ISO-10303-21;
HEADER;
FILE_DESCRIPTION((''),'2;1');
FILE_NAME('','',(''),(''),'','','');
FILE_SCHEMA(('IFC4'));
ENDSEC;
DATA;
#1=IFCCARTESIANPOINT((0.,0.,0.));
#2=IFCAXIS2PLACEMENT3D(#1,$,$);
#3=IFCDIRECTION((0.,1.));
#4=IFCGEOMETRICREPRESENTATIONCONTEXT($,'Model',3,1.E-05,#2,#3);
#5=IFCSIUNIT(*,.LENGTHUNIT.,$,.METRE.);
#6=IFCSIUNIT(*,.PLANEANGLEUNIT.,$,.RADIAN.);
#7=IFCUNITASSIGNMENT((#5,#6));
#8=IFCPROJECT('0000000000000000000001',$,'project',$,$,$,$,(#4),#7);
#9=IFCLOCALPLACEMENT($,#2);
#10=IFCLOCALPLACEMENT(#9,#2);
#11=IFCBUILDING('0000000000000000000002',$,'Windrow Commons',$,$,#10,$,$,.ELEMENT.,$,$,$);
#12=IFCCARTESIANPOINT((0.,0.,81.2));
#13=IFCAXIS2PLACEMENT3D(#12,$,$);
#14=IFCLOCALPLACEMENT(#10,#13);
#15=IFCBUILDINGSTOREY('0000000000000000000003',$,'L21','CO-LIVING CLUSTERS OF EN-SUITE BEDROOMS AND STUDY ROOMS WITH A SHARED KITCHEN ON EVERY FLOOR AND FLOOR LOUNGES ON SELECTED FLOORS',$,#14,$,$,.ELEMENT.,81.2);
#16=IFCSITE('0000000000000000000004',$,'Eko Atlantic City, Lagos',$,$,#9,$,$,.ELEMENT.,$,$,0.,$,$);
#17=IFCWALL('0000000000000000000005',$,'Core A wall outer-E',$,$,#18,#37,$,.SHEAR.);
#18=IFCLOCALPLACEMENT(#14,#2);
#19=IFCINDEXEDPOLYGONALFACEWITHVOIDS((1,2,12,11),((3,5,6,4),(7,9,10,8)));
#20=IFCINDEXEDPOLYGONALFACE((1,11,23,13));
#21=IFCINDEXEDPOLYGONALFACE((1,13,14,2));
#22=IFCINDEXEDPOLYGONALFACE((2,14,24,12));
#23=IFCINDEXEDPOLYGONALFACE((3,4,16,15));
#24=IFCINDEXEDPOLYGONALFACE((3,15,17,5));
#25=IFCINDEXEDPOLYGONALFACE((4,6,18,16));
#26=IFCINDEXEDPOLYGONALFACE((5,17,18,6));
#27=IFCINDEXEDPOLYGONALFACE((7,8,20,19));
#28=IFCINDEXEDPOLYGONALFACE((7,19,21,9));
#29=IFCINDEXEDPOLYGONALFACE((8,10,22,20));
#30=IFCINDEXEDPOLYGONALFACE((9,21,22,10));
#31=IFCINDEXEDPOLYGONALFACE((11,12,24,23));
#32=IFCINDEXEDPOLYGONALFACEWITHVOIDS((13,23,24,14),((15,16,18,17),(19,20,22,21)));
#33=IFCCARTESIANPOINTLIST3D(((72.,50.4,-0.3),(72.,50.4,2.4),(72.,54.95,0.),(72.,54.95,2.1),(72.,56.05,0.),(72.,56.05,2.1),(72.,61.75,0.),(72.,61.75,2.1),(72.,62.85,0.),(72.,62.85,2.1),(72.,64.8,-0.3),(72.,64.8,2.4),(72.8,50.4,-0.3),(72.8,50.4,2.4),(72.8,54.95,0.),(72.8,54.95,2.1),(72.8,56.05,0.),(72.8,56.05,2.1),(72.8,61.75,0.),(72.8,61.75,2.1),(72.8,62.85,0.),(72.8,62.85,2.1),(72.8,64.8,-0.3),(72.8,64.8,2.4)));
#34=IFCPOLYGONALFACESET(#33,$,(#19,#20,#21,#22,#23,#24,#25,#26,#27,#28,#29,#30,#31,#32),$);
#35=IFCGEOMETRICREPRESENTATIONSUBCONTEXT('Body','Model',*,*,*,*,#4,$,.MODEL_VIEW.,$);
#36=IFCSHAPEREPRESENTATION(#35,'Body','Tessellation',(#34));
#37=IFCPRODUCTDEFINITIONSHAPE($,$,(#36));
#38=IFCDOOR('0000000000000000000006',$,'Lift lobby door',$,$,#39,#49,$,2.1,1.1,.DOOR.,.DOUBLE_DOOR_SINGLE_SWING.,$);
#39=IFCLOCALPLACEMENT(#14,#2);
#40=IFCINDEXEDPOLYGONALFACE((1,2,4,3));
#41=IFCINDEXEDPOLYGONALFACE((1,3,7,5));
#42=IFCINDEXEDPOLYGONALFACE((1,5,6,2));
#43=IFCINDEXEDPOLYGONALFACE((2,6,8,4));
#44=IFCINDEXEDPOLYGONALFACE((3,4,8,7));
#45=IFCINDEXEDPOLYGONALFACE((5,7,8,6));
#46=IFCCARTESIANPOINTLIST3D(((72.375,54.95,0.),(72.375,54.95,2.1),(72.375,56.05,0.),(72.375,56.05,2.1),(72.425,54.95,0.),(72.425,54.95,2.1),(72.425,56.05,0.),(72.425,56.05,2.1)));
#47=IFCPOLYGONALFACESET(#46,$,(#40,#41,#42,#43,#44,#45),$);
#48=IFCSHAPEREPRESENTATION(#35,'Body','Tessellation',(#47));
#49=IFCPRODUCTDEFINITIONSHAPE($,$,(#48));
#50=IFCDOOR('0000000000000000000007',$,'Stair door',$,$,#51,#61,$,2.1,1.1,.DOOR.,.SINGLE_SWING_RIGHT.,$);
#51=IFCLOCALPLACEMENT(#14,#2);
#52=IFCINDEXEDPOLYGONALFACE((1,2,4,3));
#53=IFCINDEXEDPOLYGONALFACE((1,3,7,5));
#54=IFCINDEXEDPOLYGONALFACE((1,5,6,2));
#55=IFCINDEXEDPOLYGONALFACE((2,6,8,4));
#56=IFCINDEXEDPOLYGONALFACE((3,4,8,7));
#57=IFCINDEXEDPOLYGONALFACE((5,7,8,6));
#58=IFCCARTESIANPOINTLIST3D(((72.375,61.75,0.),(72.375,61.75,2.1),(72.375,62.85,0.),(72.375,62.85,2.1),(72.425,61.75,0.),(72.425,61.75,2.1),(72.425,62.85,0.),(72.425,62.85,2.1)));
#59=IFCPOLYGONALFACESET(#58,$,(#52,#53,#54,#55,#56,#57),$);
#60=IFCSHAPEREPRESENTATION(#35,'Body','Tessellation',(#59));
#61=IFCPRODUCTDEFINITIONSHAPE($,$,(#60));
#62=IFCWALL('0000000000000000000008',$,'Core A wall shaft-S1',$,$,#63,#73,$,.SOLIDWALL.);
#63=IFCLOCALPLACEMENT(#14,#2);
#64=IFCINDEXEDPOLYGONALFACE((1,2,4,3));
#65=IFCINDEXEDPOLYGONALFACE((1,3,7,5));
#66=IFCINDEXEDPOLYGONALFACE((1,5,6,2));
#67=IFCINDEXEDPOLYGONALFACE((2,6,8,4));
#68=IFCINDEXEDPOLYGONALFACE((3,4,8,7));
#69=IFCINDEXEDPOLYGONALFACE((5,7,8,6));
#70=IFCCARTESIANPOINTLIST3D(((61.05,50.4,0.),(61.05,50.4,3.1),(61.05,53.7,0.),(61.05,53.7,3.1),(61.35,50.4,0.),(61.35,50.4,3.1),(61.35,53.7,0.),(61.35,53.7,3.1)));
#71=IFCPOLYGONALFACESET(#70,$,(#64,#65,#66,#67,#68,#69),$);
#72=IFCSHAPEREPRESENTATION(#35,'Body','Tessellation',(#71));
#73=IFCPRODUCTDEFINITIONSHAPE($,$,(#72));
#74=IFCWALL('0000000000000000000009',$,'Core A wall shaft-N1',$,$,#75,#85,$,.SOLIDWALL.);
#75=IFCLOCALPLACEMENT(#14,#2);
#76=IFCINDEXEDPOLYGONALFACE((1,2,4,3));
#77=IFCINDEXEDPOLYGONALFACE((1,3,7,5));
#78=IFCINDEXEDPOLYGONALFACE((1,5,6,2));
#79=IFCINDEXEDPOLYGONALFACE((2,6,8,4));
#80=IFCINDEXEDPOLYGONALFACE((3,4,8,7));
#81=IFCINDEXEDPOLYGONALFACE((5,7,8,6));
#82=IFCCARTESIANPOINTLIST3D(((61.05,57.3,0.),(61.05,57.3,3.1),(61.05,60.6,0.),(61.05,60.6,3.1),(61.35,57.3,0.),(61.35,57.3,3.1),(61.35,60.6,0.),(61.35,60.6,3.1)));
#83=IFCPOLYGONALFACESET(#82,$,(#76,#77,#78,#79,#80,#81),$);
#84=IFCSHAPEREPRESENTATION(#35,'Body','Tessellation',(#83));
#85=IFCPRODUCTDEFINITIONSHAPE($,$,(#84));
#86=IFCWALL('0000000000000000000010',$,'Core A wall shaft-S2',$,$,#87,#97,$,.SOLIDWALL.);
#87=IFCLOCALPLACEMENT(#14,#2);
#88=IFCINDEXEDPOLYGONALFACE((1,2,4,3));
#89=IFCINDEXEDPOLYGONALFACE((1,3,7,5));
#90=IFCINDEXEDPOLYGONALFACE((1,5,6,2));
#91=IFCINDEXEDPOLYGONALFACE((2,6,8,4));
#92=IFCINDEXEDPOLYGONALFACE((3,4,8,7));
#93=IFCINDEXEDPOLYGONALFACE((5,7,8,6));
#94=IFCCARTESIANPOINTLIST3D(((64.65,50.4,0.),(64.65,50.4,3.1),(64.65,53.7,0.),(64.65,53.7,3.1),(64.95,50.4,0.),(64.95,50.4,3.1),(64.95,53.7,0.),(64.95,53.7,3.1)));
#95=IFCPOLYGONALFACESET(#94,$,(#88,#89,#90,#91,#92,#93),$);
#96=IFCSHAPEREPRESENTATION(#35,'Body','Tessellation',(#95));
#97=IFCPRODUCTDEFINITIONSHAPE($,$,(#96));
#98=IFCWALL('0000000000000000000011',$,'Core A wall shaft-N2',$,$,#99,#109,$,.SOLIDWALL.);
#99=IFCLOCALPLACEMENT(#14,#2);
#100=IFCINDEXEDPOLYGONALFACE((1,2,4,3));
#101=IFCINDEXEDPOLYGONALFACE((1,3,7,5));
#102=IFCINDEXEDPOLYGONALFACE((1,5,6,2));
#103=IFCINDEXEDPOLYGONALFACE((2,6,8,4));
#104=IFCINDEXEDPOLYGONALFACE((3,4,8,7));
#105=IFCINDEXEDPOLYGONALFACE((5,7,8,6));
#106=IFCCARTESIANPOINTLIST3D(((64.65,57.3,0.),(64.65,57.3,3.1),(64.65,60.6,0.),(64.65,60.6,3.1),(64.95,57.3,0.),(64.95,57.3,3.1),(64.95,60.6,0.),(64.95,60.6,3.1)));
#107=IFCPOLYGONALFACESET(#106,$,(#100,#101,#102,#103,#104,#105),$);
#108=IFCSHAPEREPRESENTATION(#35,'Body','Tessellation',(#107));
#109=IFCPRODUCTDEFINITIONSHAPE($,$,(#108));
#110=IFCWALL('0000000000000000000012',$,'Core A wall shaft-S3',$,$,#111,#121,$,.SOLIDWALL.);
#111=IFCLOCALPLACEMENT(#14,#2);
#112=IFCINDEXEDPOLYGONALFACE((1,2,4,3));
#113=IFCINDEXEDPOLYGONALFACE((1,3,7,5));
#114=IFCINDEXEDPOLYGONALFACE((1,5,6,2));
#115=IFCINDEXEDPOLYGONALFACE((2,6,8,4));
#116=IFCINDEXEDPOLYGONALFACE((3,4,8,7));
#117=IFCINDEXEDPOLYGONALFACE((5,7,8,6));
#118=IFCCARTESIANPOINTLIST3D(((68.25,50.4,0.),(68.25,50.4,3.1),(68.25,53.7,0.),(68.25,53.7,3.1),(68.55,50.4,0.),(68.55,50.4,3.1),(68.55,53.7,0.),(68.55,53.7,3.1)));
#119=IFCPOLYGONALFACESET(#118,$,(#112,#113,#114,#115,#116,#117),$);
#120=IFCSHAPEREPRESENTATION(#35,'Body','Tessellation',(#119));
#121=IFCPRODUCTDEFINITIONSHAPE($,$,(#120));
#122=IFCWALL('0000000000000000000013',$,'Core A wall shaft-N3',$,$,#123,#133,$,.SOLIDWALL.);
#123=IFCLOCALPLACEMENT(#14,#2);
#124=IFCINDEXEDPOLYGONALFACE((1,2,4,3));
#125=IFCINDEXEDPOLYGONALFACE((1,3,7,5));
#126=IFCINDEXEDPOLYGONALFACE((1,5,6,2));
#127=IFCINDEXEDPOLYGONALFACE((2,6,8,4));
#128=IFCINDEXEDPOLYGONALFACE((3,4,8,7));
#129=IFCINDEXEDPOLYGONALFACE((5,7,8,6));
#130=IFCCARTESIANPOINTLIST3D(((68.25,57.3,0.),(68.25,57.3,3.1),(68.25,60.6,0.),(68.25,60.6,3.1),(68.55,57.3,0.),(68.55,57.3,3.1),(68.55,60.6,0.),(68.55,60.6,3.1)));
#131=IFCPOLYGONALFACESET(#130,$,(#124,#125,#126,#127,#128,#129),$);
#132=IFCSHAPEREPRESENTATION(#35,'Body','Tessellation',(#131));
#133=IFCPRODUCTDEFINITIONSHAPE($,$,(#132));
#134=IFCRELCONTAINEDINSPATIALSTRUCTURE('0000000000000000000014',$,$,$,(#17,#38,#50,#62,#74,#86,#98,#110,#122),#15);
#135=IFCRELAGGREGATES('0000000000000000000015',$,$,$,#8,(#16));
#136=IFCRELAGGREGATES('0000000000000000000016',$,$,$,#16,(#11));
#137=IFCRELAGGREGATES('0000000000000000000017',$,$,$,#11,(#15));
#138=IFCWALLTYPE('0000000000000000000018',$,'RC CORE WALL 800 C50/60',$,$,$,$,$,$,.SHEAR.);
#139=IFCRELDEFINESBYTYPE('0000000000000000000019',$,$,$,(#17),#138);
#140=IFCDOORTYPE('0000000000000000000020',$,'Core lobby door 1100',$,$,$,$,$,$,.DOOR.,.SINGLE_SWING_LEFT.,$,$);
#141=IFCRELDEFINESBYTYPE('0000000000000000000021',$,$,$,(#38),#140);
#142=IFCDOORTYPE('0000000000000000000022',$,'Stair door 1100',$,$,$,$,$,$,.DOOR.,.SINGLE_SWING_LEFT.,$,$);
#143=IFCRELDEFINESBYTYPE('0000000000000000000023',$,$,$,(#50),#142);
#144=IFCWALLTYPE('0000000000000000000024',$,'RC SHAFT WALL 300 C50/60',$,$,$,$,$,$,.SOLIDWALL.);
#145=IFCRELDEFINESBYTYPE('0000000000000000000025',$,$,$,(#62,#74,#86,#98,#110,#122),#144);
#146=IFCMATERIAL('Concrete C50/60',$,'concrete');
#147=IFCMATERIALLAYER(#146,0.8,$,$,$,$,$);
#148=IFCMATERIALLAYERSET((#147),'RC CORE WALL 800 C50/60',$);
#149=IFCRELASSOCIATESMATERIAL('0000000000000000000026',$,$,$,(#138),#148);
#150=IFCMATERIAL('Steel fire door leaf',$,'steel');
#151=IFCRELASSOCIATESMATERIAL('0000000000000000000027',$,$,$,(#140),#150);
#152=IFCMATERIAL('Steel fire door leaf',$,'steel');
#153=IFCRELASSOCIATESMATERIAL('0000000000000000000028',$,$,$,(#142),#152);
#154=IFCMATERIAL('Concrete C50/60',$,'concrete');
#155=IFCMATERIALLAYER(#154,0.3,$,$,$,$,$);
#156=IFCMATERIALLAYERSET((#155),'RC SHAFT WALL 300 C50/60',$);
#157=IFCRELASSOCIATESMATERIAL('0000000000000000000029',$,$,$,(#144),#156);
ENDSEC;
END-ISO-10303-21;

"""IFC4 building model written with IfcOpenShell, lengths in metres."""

from ifc_helpers import new_model, si_unit, direction, frame, frame_2d, origin, place, context, subcontext, project, spatial, rectangle, extrude, material, layer, layer_set, type_object, element, fill, save


model = new_model("IFC4")

# Units and contexts
model_context = context("Model", 3, precision=1e-05, world=origin(), true_north=direction((0.0, 1.0)))
body_context = subcontext(model_context, "Body", "Model", "MODEL_VIEW")
ifc_project = project(units=[si_unit("LENGTHUNIT", "METRE"), si_unit("PLANEANGLEUNIT", "RADIAN")], contexts=[model_context])

# Site, building, storey
site_placement = place(None, origin())
site = spatial("IfcSite", under=ifc_project, at=site_placement, Name="Eko Atlantic City, Lagos", CompositionType="ELEMENT", RefElevation=0.0)
building_placement = place(site_placement, origin())
building = spatial("IfcBuilding", under=site, at=building_placement, Name="Windrow Commons", CompositionType="ELEMENT")
storey_placement = place(building_placement, frame((0.0, 0.0, 81.2)))
storey = spatial("IfcBuildingStorey", under=building, at=storey_placement, Name="L21", Description="CO-LIVING CLUSTERS OF EN-SUITE BEDROOMS AND STUDY ROOMS WITH A SHARED KITCHEN ON EVERY FLOOR AND FLOOR LOUNGES ON SELECTED FLOORS", CompositionType="ELEMENT", Elevation=81.2)

# Wall, openings, doors
ifc_material_1 = material(Name="Concrete C50/60", Category="concrete")
ifc_layer_1 = layer(ifc_material_1, 0.8)
ifc_layer_set_1 = layer_set([ifc_layer_1], Name="RC CORE WALL 800 C50/60")
wall_type_1 = type_object("IfcWallType", Name="RC CORE WALL 800 C50/60", PredefinedType="SHEAR", material=ifc_layer_set_1)
wall_1_placement = place(storey_placement, frame((72.4, 50.4, -0.3), z_axis=(0.0, 0.0, 1.0), x_axis=(0.0, 1.0, 0.0)))
wall_1 = element("IfcWall", 1, at=wall_1_placement, inside=storey, type_object=wall_type_1, Name="Core A wall outer-E", PredefinedType="SHEAR", context=body_context, shape_type="SweptSolid", body=[
    extrude(rectangle(XDim=14.4, YDim=0.8, at=frame_2d((7.2, 0.0))), origin(), (0.0, 0.0, 1.0), 2.7),
])
opening_1_placement = place(wall_1_placement, frame((4.55, 0.0, 0.3)))
opening_1 = element("IfcOpeningElement", 2, at=opening_1_placement, cuts=wall_1, PredefinedType="OPENING", context=body_context, shape_type="SweptSolid", body=[
    extrude(rectangle(XDim=1.1, YDim=2.1, at=frame_2d((0.55, 1.05))), frame((0.0, 0.41, 0.0), z_axis=(0.0, -1.0, 0.0), x_axis=(1.0, 0.0, 0.0)), (0.0, 0.0, 1.0), 0.82),
])
opening_2_placement = place(wall_1_placement, frame((11.35, 0.0, 0.3)))
opening_2 = element("IfcOpeningElement", 3, at=opening_2_placement, cuts=wall_1, PredefinedType="OPENING", context=body_context, shape_type="SweptSolid", body=[
    extrude(rectangle(XDim=1.1, YDim=2.1, at=frame_2d((0.55, 1.05))), frame((0.0, 0.41, 0.0), z_axis=(0.0, -1.0, 0.0), x_axis=(1.0, 0.0, 0.0)), (0.0, 0.0, 1.0), 0.82),
])
ifc_material_2 = material(Name="Steel fire door leaf", Category="steel")
door_type_1 = type_object("IfcDoorType", Name="Core lobby door 1100", OperationType="SINGLE_SWING_LEFT", PredefinedType="DOOR", material=ifc_material_2)
door_1_placement = place(opening_1_placement, origin())
door_1 = element("IfcDoor", 4, at=door_1_placement, inside=storey, type_object=door_type_1, Name="Lift lobby door", OperationType="DOUBLE_DOOR_SINGLE_SWING", OverallHeight=2.1, OverallWidth=1.1, PredefinedType="DOOR", context=body_context, shape_type="SweptSolid", body=[
    extrude(rectangle(XDim=1.1, YDim=2.1, at=frame_2d((0.55, 1.05))), frame((0.0, 0.025, 0.0), z_axis=(0.0, -1.0, 0.0), x_axis=(1.0, 0.0, 0.0)), (0.0, 0.0, 1.0), 0.05),
])
fill(opening_1, door_1)
ifc_material_3 = material(Name="Steel fire door leaf", Category="steel")
door_type_2 = type_object("IfcDoorType", Name="Stair door 1100", OperationType="SINGLE_SWING_LEFT", PredefinedType="DOOR", material=ifc_material_3)
door_2_placement = place(opening_2_placement, origin())
door_2 = element("IfcDoor", 5, at=door_2_placement, inside=storey, type_object=door_type_2, Name="Stair door", OperationType="SINGLE_SWING_RIGHT", OverallHeight=2.1, OverallWidth=1.1, PredefinedType="DOOR", context=body_context, shape_type="SweptSolid", body=[
    extrude(rectangle(XDim=1.1, YDim=2.1, at=frame_2d((0.55, 1.05))), frame((0.0, 0.025, 0.0), z_axis=(0.0, -1.0, 0.0), x_axis=(1.0, 0.0, 0.0)), (0.0, 0.0, 1.0), 0.05),
])
fill(opening_2, door_2)

# Walls
ifc_material_4 = material(Name="Concrete C50/60", Category="concrete")
ifc_layer_2 = layer(ifc_material_4, 0.3)
ifc_layer_set_2 = layer_set([ifc_layer_2], Name="RC SHAFT WALL 300 C50/60")
wall_type_2 = type_object("IfcWallType", Name="RC SHAFT WALL 300 C50/60", PredefinedType="SOLIDWALL", material=ifc_layer_set_2)
for number, where, z_axis, x_axis, name in (
    (6, (61.2, 50.4, 0.0), (0.0, 0.0, 1.0), (0.0, 1.0, 0.0), "Core A wall shaft-S1"),
    (7, (61.2, 57.3, 0.0), (0.0, 0.0, 1.0), (0.0, 1.0, 0.0), "Core A wall shaft-N1"),
    (8, (64.8, 50.4, 0.0), (0.0, 0.0, 1.0), (0.0, 1.0, 0.0), "Core A wall shaft-S2"),
    (9, (64.8, 57.3, 0.0), (0.0, 0.0, 1.0), (0.0, 1.0, 0.0), "Core A wall shaft-N2"),
    (10, (68.4, 50.4, 0.0), (0.0, 0.0, 1.0), (0.0, 1.0, 0.0), "Core A wall shaft-S3"),
    (11, (68.4, 57.3, 0.0), (0.0, 0.0, 1.0), (0.0, 1.0, 0.0), "Core A wall shaft-N3"),
):
    element("IfcWall", number, at=place(storey_placement, frame(where, z_axis=z_axis, x_axis=x_axis)), inside=storey, type_object=wall_type_2, Name=name, PredefinedType="SOLIDWALL", context=body_context, shape_type="SweptSolid", body=[
        extrude(rectangle(XDim=3.3, YDim=0.3, at=frame_2d((1.65, 0.0))), origin(), (0.0, 0.0, 1.0), 3.1),
    ])

save(model, "model.ifc")
